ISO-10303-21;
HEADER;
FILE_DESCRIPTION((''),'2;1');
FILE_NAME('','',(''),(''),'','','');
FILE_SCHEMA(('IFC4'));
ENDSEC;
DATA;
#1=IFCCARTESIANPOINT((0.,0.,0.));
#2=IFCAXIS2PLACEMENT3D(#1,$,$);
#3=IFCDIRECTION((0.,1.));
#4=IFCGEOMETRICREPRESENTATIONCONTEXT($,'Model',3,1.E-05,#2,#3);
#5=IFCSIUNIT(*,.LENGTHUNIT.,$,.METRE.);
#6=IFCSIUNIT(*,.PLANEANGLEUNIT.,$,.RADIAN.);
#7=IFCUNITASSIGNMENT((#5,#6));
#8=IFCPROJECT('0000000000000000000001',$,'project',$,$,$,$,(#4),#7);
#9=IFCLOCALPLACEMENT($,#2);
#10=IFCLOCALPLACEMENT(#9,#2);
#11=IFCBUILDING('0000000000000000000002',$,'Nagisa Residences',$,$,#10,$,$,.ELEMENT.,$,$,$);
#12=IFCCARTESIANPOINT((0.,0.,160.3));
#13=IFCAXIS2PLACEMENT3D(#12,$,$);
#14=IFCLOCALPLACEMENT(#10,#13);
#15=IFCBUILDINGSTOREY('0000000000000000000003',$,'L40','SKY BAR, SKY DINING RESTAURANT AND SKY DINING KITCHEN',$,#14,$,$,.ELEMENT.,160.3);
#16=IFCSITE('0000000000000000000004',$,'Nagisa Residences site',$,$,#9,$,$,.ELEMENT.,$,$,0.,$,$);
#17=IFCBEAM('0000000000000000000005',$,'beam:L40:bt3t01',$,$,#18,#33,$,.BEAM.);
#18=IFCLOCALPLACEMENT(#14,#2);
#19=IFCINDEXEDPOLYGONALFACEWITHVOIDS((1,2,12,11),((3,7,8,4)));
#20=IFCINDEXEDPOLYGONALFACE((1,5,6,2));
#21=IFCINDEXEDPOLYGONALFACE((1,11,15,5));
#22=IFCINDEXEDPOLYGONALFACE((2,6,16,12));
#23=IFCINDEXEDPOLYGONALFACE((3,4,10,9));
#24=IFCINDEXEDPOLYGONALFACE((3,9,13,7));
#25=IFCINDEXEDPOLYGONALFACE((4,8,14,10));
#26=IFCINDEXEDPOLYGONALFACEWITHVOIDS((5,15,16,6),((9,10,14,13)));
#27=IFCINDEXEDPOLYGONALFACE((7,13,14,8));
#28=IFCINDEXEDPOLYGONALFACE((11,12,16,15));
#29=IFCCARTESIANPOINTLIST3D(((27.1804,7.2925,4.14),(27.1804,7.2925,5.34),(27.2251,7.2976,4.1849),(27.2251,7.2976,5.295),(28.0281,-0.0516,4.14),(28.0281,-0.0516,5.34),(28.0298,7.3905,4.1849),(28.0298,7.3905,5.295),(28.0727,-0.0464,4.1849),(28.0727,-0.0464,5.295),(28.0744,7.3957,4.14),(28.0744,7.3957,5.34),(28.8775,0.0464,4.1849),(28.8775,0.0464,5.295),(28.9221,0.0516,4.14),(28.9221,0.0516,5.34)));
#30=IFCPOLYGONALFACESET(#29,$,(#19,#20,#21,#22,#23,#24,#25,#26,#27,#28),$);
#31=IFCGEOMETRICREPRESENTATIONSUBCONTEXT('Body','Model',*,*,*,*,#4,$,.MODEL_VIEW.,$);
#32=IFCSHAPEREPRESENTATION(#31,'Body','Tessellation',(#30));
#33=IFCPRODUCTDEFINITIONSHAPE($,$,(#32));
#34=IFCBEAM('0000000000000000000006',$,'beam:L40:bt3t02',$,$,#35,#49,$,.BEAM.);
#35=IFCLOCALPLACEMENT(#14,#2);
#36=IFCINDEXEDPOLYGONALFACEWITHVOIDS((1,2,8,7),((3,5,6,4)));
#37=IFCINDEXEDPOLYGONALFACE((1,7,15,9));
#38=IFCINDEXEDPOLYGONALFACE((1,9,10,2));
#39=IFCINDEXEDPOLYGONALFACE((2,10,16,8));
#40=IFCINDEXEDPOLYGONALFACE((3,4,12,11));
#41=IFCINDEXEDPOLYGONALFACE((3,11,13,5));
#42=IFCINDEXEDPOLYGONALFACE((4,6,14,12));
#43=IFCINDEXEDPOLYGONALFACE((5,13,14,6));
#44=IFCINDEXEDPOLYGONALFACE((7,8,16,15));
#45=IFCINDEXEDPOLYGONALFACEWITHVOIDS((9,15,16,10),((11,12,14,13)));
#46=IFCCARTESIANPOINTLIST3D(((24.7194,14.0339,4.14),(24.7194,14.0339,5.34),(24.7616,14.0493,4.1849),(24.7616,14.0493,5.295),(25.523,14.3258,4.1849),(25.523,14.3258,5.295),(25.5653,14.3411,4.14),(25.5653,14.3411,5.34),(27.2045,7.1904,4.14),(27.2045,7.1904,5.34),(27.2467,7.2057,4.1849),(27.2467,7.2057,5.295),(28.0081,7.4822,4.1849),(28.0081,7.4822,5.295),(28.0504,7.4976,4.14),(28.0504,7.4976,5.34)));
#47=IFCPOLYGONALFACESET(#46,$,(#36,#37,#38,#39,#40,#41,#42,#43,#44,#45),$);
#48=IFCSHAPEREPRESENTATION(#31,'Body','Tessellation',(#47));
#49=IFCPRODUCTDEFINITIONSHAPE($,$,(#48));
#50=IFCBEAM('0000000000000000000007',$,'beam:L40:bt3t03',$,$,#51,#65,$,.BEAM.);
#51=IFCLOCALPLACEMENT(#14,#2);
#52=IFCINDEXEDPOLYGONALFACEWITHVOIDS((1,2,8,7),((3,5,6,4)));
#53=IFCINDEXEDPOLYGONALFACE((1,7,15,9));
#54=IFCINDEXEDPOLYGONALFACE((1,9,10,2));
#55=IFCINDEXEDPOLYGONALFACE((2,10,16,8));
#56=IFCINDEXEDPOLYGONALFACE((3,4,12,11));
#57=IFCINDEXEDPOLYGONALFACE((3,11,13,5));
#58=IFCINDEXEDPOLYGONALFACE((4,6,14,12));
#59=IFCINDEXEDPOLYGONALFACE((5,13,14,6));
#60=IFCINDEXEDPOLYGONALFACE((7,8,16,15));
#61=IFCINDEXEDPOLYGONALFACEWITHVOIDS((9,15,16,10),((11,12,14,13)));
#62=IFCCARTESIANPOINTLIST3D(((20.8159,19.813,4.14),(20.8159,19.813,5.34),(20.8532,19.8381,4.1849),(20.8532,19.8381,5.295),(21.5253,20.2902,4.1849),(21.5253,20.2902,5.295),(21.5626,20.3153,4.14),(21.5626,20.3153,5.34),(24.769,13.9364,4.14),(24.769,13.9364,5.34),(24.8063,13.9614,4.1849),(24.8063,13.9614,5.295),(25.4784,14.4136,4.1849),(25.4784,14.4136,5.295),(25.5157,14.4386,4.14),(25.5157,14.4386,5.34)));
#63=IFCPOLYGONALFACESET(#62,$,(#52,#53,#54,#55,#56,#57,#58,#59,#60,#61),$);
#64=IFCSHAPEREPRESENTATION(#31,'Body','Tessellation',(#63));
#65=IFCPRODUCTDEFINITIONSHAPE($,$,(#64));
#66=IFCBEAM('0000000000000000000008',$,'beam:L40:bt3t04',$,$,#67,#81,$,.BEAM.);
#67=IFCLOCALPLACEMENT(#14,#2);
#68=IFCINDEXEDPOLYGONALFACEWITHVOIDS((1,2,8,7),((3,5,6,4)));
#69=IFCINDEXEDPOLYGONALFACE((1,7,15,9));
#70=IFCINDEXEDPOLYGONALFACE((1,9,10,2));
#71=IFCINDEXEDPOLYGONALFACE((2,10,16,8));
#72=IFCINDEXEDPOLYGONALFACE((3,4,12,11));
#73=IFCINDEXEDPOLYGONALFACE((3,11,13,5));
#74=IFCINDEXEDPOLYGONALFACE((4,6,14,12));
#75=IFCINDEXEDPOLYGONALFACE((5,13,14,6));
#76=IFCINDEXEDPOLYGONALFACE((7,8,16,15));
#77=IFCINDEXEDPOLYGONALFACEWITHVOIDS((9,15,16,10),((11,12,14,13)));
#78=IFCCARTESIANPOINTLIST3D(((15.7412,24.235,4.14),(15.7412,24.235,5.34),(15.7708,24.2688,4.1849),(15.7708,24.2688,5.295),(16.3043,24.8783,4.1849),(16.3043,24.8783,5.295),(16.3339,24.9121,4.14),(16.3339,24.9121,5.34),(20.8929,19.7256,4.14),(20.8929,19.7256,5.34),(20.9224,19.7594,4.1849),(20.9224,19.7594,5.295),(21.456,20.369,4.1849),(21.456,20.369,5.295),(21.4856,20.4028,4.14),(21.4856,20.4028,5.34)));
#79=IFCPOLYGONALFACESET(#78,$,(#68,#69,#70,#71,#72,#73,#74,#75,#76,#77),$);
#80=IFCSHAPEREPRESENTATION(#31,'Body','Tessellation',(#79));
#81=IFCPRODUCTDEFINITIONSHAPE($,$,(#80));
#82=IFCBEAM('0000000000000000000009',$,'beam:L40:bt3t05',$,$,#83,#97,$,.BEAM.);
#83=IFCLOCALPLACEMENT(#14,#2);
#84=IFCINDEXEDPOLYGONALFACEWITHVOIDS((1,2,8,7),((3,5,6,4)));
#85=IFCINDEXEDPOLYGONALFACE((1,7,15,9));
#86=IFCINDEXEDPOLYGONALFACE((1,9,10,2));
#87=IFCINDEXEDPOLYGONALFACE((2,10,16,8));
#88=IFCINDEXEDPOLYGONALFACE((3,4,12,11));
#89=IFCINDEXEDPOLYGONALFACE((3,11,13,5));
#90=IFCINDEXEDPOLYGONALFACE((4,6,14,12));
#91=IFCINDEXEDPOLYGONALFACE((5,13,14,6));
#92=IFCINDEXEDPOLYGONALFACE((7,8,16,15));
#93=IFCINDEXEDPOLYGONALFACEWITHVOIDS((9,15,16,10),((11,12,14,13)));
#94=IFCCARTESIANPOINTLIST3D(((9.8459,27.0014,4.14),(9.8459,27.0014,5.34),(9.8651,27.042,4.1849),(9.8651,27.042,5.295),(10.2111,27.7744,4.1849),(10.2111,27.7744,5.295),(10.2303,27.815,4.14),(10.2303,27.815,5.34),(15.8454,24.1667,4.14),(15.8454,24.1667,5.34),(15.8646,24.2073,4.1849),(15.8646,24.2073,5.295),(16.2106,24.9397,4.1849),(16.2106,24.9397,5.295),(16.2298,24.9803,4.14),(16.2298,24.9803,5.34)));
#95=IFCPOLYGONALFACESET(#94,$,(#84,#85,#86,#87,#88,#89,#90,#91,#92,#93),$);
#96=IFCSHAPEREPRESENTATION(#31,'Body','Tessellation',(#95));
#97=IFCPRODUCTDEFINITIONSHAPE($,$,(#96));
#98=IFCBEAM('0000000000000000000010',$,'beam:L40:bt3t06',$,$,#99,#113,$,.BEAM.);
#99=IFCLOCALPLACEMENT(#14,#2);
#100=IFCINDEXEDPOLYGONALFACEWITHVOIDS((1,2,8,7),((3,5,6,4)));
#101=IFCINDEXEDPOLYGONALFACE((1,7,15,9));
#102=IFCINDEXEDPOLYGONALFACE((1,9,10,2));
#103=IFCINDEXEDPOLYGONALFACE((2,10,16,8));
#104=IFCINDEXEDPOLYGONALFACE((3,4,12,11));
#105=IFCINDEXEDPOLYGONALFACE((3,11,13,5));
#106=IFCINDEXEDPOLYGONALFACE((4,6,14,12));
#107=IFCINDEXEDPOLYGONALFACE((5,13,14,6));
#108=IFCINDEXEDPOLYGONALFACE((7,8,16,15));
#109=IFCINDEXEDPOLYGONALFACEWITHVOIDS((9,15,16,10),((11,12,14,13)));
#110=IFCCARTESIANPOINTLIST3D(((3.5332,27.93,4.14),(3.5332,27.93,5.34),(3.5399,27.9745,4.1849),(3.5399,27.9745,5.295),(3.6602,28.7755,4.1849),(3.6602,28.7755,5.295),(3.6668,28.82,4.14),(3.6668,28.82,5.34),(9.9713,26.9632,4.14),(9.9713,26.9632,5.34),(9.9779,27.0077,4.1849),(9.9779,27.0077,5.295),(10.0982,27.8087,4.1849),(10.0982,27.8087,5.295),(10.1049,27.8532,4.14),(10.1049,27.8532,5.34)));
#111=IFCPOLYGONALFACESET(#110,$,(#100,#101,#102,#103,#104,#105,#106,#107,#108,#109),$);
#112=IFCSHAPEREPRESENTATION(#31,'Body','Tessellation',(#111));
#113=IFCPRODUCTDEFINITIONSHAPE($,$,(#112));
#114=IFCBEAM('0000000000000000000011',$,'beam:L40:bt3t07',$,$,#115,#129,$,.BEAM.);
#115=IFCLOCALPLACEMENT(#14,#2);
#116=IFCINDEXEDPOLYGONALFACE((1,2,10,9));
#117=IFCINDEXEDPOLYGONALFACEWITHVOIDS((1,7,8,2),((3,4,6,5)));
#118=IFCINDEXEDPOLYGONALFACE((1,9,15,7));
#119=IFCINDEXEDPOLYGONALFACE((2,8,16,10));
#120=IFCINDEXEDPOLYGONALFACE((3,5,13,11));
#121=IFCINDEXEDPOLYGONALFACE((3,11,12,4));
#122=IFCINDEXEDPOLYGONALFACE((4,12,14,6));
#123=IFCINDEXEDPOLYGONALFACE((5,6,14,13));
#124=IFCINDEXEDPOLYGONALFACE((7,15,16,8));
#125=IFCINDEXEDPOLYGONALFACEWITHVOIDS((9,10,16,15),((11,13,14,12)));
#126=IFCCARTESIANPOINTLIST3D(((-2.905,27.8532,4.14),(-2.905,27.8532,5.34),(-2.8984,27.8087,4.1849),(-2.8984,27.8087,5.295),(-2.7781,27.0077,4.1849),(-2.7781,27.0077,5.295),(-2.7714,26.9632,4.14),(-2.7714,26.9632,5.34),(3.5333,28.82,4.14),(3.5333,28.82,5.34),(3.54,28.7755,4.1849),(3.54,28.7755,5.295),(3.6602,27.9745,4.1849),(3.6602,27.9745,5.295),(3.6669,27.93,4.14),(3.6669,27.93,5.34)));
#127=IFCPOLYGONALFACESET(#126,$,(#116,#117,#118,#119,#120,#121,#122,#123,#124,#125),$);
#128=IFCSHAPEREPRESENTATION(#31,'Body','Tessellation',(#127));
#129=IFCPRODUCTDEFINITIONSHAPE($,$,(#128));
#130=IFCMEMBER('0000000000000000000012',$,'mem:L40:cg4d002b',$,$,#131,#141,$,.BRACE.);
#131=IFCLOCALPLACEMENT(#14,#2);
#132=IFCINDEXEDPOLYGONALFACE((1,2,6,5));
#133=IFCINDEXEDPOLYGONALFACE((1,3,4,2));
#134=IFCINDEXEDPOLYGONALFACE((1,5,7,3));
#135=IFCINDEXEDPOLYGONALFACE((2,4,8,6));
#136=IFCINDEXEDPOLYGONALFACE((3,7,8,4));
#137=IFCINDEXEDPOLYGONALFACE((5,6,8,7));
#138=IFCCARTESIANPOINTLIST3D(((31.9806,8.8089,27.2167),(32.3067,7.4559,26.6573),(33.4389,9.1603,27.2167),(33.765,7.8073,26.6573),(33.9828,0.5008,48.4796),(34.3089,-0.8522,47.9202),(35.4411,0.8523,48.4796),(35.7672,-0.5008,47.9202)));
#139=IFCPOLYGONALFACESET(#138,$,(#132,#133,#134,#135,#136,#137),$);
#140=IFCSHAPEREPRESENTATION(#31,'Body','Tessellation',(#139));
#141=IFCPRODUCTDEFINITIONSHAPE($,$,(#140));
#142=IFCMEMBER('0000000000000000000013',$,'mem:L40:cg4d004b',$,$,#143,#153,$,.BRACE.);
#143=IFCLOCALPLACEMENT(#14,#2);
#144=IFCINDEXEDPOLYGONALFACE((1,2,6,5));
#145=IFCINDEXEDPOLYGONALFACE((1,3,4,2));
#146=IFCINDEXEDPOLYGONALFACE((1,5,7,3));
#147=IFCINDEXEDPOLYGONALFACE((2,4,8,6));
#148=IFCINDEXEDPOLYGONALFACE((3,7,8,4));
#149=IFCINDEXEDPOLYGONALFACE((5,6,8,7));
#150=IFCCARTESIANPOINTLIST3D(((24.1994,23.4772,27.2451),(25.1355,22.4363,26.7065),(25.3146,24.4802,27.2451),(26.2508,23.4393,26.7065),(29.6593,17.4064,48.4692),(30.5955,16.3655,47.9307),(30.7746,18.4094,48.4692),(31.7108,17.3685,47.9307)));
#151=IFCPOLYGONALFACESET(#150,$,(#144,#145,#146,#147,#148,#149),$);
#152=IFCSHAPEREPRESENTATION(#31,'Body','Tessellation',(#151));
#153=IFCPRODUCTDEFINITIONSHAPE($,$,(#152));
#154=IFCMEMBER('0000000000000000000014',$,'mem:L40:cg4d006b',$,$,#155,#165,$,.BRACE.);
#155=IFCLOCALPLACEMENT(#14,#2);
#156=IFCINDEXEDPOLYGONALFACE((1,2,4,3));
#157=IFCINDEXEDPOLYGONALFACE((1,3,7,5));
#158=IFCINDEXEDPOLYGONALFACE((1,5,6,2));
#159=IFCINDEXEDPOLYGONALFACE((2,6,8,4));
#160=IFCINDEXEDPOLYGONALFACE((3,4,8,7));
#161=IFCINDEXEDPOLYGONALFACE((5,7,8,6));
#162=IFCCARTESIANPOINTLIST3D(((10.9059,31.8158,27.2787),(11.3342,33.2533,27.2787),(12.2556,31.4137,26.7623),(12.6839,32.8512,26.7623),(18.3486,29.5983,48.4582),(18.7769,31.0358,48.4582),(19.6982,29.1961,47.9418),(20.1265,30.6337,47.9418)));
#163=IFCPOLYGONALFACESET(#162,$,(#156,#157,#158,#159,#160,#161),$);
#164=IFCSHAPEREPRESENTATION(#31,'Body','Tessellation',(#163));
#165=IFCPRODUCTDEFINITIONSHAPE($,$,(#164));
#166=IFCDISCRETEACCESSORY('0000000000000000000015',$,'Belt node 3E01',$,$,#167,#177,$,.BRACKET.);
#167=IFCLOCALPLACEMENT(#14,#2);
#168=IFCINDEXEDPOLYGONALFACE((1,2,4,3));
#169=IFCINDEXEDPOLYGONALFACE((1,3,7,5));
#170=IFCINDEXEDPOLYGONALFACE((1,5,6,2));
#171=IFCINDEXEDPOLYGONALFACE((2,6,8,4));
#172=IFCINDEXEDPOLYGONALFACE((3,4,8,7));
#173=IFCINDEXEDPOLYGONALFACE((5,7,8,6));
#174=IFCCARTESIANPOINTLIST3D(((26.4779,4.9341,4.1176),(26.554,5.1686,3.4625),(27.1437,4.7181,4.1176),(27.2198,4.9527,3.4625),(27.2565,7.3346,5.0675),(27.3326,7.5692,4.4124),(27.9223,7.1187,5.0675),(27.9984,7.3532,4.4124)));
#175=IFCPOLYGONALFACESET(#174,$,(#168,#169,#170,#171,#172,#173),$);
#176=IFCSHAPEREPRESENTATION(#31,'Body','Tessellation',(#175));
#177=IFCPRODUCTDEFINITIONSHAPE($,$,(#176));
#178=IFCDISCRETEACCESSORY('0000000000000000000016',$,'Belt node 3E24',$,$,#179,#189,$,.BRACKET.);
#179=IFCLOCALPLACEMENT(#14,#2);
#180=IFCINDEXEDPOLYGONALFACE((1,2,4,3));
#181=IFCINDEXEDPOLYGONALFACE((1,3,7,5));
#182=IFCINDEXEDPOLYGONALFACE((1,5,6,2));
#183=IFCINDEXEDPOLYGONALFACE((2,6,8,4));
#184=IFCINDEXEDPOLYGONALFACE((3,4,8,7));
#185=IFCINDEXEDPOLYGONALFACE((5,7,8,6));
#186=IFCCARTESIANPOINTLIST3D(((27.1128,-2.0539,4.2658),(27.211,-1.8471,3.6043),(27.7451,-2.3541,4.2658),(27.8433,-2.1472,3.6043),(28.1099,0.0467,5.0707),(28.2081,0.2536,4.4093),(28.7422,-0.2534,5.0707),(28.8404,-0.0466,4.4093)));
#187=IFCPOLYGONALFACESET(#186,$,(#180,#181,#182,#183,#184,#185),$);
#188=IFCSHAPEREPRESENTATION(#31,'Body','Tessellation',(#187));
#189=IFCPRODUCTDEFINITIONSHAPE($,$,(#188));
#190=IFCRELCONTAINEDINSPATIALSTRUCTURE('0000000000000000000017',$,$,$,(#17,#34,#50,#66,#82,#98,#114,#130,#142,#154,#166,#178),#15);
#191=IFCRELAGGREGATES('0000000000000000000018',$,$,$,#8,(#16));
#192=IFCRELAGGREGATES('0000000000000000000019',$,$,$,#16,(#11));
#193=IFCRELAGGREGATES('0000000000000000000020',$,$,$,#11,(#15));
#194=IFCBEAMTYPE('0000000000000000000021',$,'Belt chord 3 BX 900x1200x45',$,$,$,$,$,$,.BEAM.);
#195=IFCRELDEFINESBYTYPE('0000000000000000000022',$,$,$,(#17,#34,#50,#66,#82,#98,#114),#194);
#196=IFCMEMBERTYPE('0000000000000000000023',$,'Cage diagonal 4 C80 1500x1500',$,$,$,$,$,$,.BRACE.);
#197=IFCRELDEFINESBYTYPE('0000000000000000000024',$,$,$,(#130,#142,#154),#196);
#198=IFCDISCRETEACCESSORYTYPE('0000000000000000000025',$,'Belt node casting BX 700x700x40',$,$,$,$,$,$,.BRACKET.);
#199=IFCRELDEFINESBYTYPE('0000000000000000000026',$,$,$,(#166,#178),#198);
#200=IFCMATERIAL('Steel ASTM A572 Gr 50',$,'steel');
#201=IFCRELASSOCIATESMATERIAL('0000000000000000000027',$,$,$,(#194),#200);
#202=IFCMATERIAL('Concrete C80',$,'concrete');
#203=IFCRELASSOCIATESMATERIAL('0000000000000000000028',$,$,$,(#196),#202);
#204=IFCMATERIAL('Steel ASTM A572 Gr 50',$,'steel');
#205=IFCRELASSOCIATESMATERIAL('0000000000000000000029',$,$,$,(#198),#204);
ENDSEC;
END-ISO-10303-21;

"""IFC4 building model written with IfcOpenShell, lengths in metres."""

from ifc_helpers import new_model, si_unit, direction, frame, origin, origin_2d, place, context, subcontext, project, spatial, rectangle, hollow_rectangle, extrude, material, material_profile, profile_set, type_object, element, save


model = new_model("IFC4")

# Units and contexts
model_context = context("Model", 3, precision=1e-05, world=origin(), true_north=direction((0.0, 1.0)))
body_context = subcontext(model_context, "Body", "Model", "MODEL_VIEW")
ifc_project = project(units=[si_unit("LENGTHUNIT", "METRE"), si_unit("PLANEANGLEUNIT", "RADIAN")], contexts=[model_context])

# Site, building, storey
site_placement = place(None, origin())
site = spatial("IfcSite", under=ifc_project, at=site_placement, Name="Nagisa Residences site", CompositionType="ELEMENT", RefElevation=0.0)
building_placement = place(site_placement, origin())
building = spatial("IfcBuilding", under=site, at=building_placement, Name="Nagisa Residences", CompositionType="ELEMENT")
storey_placement = place(building_placement, frame((0.0, 0.0, 160.3)))
storey = spatial("IfcBuildingStorey", under=building, at=storey_placement, Name="L40", Description="SKY BAR, SKY DINING RESTAURANT AND SKY DINING KITCHEN", CompositionType="ELEMENT", Elevation=160.3)

# Beams
ifc_material_1 = material(Name="Steel ASTM A572 Gr 50", Category="steel")
ifc_material_profile_1 = material_profile(ifc_material_1, hollow_rectangle(XDim=0.8999, YDim=1.2, WallThickness=0.0449, at=origin_2d()), Name="BX 900x1200x45")
ifc_profile_set_1 = profile_set([ifc_material_profile_1], Name="Steel ASTM A572 Gr 50")
beam_type = type_object("IfcBeamType", Name="Belt chord 3 BX 900x1200x45", PredefinedType="BEAM", material=ifc_profile_set_1)
beam_1_placement = place(storey_placement, frame((28.4751, 0.0, 4.74), z_axis=(-0.11466, 0.993405, 0.0), x_axis=(-0.993405, -0.11466, 0.0)))
element("IfcBeam", 1, at=beam_1_placement, inside=storey, type_object=beam_type, Name="beam:L40:bt3t01", PredefinedType="BEAM", context=body_context, shape_type="SweptSolid", body=[
    extrude(hollow_rectangle(XDim=0.8999, YDim=1.2, WallThickness=0.0449, at=origin_2d()), origin(), (0.0, 0.0, 1.0), 7.3928),
])
beam_2_placement = place(storey_placement, frame((27.6274, 7.344, 4.74), z_axis=(-0.341326, 0.939945, 0.0), x_axis=(-0.939945, -0.341326, 0.0)))
element("IfcBeam", 2, at=beam_2_placement, inside=storey, type_object=beam_type, Name="beam:L40:bt3t02", PredefinedType="BEAM", context=body_context, shape_type="SweptSolid", body=[
    extrude(hollow_rectangle(XDim=0.8999, YDim=1.2, WallThickness=0.0449, at=origin_2d()), origin(), (0.0, 0.0, 1.0), 7.2808),
])
beam_3_placement = place(storey_placement, frame((25.1423, 14.1875, 4.74), z_axis=(-0.558148, 0.829742, 0.0), x_axis=(-0.829742, -0.558148, 0.0)))
element("IfcBeam", 3, at=beam_3_placement, inside=storey, type_object=beam_type, Name="beam:L40:bt3t03", PredefinedType="BEAM", context=body_context, shape_type="SweptSolid", body=[
    extrude(hollow_rectangle(XDim=0.8999, YDim=1.2, WallThickness=0.0449, at=origin_2d()), origin(), (0.0, 0.0, 1.0), 7.0825),
])
beam_4_placement = place(storey_placement, frame((21.1892, 20.0642, 4.74), z_axis=(-0.75246, 0.658638, 0.0), x_axis=(-0.658638, -0.75246, 0.0)))
element("IfcBeam", 4, at=beam_4_placement, inside=storey, type_object=beam_type, Name="beam:L40:bt3t04", PredefinedType="BEAM", context=body_context, shape_type="SweptSolid", body=[
    extrude(hollow_rectangle(XDim=0.8999, YDim=1.2, WallThickness=0.0449, at=origin_2d()), origin(), (0.0, 0.0, 1.0), 6.8464),
])
beam_5_placement = place(storey_placement, frame((16.0376, 24.5735, 4.74), z_axis=(-0.904155, 0.427205, 0.0), x_axis=(-0.427205, -0.904155, 0.0)))
element("IfcBeam", 5, at=beam_5_placement, inside=storey, type_object=beam_type, Name="beam:L40:bt3t05", PredefinedType="BEAM", context=body_context, shape_type="SweptSolid", body=[
    extrude(hollow_rectangle(XDim=0.8999, YDim=1.2, WallThickness=0.0449, at=origin_2d()), origin(), (0.0, 0.0, 1.0), 6.6355),
])
beam_6_placement = place(storey_placement, frame((10.0381, 27.4082, 4.74), z_axis=(-0.988912, 0.148505, 0.0), x_axis=(-0.148505, -0.988912, 0.0)))
element("IfcBeam", 6, at=beam_6_placement, inside=storey, type_object=beam_type, Name="beam:L40:bt3t06", PredefinedType="BEAM", context=body_context, shape_type="SweptSolid", body=[
    extrude(hollow_rectangle(XDim=0.8999, YDim=1.2, WallThickness=0.0449, at=origin_2d()), origin(), (0.0, 0.0, 1.0), 6.5103),
])
beam_7_placement = place(storey_placement, frame((3.6001, 28.375, 4.74), z_axis=(-0.988912, -0.1485, 0.0), x_axis=(0.1485, -0.988912, 0.0)))
element("IfcBeam", 7, at=beam_7_placement, inside=storey, type_object=beam_type, Name="beam:L40:bt3t07", PredefinedType="BEAM", context=body_context, shape_type="SweptSolid", body=[
    extrude(hollow_rectangle(XDim=0.8999, YDim=1.2, WallThickness=0.0449, at=origin_2d()), origin(), (0.0, 0.0, 1.0), 6.5105),
])

# Members
ifc_material_2 = material(Name="Concrete C80", Category="concrete")
ifc_material_profile_2 = material_profile(ifc_material_2, rectangle(XDim=1.5, YDim=1.5, at=origin_2d()), Name="C80 1500x1500")
ifc_profile_set_2 = profile_set([ifc_material_profile_2], Name="Concrete C80")
member_type = type_object("IfcMemberType", Name="Cage diagonal 4 C80 1500x1500", PredefinedType="BRACE", material=ifc_profile_set_2)
member_1_placement = place(storey_placement, frame((32.8728, 8.3081, 26.937), z_axis=(0.087371, -0.362545, 0.927862), x_axis=(0.972168, 0.234286, 0.0)))
element("IfcMember", 8, at=member_1_placement, inside=storey, type_object=member_type, Name="mem:L40:cg4d002b", PredefinedType="BRACE", context=body_context, shape_type="SweptSolid", body=[
    extrude(rectangle(XDim=1.5, YDim=1.5, at=origin_2d()), origin(), (0.0, 0.0, 1.0), 22.916),
])
member_2_placement = place(storey_placement, frame((25.2251, 23.4583, 26.9758), z_axis=(0.240099, -0.26696, 0.933319), x_axis=(0.743523, 0.66871, 0.0)))
element("IfcMember", 9, at=member_2_placement, inside=storey, type_object=member_type, Name="mem:L40:cg4d004b", PredefinedType="BRACE", context=body_context, shape_type="SweptSolid", body=[
    extrude(rectangle(XDim=1.5, YDim=1.5, at=origin_2d()), origin(), (0.0, 0.0, 1.0), 22.7405),
])
member_3_placement = place(storey_placement, frame((11.7949, 32.3335, 27.0205), z_axis=(0.329928, -0.098302, 0.938874), x_axis=(0.285545, 0.958365, 0.0)))
element("IfcMember", 10, at=member_3_placement, inside=storey, type_object=member_type, Name="mem:L40:cg4d006b", PredefinedType="BRACE", context=body_context, shape_type="SweptSolid", body=[
    extrude(rectangle(XDim=1.5, YDim=1.5, at=origin_2d()), origin(), (0.0, 0.0, 1.0), 22.5583),
])

# Discrete accessories
ifc_material_3 = material(Name="Steel ASTM A572 Gr 50", Category="steel")
discrete_accessory_type_1 = type_object("IfcDiscreteAccessoryType", Name="Belt node casting BX 700x700x40", PredefinedType="BRACKET", material=ifc_material_3)
discrete_accessory_1_placement = place(storey_placement, frame((26.8489, 4.9434, 3.79), z_axis=(0.288721, 0.890247, 0.352278), x_axis=(-0.951225, 0.308498, 0.0)))
element("IfcDiscreteAccessory", 11, at=discrete_accessory_1_placement, inside=storey, type_object=discrete_accessory_type_1, Name="Belt node 3E01", PredefinedType="BRACKET", context=body_context, shape_type="SweptSolid", body=[
    extrude(rectangle(XDim=0.7, YDim=0.7, at=origin_2d()), origin(), (0.0, 0.0, 1.0), 2.6965),
])
discrete_accessory_2_placement = place(storey_placement, frame((27.478, -2.1006, 3.9351), z_axis=(0.405215, 0.85369, 0.327129), x_axis=(-0.903395, 0.428808, 0.0)))
element("IfcDiscreteAccessory", 12, at=discrete_accessory_2_placement, inside=storey, type_object=discrete_accessory_type_1, Name="Belt node 3E24", PredefinedType="BRACKET", context=body_context, shape_type="SweptSolid", body=[
    extrude(rectangle(XDim=0.7, YDim=0.7, at=origin_2d()), origin(), (0.0, 0.0, 1.0), 2.4607),
])

save(model, "model.ifc")
